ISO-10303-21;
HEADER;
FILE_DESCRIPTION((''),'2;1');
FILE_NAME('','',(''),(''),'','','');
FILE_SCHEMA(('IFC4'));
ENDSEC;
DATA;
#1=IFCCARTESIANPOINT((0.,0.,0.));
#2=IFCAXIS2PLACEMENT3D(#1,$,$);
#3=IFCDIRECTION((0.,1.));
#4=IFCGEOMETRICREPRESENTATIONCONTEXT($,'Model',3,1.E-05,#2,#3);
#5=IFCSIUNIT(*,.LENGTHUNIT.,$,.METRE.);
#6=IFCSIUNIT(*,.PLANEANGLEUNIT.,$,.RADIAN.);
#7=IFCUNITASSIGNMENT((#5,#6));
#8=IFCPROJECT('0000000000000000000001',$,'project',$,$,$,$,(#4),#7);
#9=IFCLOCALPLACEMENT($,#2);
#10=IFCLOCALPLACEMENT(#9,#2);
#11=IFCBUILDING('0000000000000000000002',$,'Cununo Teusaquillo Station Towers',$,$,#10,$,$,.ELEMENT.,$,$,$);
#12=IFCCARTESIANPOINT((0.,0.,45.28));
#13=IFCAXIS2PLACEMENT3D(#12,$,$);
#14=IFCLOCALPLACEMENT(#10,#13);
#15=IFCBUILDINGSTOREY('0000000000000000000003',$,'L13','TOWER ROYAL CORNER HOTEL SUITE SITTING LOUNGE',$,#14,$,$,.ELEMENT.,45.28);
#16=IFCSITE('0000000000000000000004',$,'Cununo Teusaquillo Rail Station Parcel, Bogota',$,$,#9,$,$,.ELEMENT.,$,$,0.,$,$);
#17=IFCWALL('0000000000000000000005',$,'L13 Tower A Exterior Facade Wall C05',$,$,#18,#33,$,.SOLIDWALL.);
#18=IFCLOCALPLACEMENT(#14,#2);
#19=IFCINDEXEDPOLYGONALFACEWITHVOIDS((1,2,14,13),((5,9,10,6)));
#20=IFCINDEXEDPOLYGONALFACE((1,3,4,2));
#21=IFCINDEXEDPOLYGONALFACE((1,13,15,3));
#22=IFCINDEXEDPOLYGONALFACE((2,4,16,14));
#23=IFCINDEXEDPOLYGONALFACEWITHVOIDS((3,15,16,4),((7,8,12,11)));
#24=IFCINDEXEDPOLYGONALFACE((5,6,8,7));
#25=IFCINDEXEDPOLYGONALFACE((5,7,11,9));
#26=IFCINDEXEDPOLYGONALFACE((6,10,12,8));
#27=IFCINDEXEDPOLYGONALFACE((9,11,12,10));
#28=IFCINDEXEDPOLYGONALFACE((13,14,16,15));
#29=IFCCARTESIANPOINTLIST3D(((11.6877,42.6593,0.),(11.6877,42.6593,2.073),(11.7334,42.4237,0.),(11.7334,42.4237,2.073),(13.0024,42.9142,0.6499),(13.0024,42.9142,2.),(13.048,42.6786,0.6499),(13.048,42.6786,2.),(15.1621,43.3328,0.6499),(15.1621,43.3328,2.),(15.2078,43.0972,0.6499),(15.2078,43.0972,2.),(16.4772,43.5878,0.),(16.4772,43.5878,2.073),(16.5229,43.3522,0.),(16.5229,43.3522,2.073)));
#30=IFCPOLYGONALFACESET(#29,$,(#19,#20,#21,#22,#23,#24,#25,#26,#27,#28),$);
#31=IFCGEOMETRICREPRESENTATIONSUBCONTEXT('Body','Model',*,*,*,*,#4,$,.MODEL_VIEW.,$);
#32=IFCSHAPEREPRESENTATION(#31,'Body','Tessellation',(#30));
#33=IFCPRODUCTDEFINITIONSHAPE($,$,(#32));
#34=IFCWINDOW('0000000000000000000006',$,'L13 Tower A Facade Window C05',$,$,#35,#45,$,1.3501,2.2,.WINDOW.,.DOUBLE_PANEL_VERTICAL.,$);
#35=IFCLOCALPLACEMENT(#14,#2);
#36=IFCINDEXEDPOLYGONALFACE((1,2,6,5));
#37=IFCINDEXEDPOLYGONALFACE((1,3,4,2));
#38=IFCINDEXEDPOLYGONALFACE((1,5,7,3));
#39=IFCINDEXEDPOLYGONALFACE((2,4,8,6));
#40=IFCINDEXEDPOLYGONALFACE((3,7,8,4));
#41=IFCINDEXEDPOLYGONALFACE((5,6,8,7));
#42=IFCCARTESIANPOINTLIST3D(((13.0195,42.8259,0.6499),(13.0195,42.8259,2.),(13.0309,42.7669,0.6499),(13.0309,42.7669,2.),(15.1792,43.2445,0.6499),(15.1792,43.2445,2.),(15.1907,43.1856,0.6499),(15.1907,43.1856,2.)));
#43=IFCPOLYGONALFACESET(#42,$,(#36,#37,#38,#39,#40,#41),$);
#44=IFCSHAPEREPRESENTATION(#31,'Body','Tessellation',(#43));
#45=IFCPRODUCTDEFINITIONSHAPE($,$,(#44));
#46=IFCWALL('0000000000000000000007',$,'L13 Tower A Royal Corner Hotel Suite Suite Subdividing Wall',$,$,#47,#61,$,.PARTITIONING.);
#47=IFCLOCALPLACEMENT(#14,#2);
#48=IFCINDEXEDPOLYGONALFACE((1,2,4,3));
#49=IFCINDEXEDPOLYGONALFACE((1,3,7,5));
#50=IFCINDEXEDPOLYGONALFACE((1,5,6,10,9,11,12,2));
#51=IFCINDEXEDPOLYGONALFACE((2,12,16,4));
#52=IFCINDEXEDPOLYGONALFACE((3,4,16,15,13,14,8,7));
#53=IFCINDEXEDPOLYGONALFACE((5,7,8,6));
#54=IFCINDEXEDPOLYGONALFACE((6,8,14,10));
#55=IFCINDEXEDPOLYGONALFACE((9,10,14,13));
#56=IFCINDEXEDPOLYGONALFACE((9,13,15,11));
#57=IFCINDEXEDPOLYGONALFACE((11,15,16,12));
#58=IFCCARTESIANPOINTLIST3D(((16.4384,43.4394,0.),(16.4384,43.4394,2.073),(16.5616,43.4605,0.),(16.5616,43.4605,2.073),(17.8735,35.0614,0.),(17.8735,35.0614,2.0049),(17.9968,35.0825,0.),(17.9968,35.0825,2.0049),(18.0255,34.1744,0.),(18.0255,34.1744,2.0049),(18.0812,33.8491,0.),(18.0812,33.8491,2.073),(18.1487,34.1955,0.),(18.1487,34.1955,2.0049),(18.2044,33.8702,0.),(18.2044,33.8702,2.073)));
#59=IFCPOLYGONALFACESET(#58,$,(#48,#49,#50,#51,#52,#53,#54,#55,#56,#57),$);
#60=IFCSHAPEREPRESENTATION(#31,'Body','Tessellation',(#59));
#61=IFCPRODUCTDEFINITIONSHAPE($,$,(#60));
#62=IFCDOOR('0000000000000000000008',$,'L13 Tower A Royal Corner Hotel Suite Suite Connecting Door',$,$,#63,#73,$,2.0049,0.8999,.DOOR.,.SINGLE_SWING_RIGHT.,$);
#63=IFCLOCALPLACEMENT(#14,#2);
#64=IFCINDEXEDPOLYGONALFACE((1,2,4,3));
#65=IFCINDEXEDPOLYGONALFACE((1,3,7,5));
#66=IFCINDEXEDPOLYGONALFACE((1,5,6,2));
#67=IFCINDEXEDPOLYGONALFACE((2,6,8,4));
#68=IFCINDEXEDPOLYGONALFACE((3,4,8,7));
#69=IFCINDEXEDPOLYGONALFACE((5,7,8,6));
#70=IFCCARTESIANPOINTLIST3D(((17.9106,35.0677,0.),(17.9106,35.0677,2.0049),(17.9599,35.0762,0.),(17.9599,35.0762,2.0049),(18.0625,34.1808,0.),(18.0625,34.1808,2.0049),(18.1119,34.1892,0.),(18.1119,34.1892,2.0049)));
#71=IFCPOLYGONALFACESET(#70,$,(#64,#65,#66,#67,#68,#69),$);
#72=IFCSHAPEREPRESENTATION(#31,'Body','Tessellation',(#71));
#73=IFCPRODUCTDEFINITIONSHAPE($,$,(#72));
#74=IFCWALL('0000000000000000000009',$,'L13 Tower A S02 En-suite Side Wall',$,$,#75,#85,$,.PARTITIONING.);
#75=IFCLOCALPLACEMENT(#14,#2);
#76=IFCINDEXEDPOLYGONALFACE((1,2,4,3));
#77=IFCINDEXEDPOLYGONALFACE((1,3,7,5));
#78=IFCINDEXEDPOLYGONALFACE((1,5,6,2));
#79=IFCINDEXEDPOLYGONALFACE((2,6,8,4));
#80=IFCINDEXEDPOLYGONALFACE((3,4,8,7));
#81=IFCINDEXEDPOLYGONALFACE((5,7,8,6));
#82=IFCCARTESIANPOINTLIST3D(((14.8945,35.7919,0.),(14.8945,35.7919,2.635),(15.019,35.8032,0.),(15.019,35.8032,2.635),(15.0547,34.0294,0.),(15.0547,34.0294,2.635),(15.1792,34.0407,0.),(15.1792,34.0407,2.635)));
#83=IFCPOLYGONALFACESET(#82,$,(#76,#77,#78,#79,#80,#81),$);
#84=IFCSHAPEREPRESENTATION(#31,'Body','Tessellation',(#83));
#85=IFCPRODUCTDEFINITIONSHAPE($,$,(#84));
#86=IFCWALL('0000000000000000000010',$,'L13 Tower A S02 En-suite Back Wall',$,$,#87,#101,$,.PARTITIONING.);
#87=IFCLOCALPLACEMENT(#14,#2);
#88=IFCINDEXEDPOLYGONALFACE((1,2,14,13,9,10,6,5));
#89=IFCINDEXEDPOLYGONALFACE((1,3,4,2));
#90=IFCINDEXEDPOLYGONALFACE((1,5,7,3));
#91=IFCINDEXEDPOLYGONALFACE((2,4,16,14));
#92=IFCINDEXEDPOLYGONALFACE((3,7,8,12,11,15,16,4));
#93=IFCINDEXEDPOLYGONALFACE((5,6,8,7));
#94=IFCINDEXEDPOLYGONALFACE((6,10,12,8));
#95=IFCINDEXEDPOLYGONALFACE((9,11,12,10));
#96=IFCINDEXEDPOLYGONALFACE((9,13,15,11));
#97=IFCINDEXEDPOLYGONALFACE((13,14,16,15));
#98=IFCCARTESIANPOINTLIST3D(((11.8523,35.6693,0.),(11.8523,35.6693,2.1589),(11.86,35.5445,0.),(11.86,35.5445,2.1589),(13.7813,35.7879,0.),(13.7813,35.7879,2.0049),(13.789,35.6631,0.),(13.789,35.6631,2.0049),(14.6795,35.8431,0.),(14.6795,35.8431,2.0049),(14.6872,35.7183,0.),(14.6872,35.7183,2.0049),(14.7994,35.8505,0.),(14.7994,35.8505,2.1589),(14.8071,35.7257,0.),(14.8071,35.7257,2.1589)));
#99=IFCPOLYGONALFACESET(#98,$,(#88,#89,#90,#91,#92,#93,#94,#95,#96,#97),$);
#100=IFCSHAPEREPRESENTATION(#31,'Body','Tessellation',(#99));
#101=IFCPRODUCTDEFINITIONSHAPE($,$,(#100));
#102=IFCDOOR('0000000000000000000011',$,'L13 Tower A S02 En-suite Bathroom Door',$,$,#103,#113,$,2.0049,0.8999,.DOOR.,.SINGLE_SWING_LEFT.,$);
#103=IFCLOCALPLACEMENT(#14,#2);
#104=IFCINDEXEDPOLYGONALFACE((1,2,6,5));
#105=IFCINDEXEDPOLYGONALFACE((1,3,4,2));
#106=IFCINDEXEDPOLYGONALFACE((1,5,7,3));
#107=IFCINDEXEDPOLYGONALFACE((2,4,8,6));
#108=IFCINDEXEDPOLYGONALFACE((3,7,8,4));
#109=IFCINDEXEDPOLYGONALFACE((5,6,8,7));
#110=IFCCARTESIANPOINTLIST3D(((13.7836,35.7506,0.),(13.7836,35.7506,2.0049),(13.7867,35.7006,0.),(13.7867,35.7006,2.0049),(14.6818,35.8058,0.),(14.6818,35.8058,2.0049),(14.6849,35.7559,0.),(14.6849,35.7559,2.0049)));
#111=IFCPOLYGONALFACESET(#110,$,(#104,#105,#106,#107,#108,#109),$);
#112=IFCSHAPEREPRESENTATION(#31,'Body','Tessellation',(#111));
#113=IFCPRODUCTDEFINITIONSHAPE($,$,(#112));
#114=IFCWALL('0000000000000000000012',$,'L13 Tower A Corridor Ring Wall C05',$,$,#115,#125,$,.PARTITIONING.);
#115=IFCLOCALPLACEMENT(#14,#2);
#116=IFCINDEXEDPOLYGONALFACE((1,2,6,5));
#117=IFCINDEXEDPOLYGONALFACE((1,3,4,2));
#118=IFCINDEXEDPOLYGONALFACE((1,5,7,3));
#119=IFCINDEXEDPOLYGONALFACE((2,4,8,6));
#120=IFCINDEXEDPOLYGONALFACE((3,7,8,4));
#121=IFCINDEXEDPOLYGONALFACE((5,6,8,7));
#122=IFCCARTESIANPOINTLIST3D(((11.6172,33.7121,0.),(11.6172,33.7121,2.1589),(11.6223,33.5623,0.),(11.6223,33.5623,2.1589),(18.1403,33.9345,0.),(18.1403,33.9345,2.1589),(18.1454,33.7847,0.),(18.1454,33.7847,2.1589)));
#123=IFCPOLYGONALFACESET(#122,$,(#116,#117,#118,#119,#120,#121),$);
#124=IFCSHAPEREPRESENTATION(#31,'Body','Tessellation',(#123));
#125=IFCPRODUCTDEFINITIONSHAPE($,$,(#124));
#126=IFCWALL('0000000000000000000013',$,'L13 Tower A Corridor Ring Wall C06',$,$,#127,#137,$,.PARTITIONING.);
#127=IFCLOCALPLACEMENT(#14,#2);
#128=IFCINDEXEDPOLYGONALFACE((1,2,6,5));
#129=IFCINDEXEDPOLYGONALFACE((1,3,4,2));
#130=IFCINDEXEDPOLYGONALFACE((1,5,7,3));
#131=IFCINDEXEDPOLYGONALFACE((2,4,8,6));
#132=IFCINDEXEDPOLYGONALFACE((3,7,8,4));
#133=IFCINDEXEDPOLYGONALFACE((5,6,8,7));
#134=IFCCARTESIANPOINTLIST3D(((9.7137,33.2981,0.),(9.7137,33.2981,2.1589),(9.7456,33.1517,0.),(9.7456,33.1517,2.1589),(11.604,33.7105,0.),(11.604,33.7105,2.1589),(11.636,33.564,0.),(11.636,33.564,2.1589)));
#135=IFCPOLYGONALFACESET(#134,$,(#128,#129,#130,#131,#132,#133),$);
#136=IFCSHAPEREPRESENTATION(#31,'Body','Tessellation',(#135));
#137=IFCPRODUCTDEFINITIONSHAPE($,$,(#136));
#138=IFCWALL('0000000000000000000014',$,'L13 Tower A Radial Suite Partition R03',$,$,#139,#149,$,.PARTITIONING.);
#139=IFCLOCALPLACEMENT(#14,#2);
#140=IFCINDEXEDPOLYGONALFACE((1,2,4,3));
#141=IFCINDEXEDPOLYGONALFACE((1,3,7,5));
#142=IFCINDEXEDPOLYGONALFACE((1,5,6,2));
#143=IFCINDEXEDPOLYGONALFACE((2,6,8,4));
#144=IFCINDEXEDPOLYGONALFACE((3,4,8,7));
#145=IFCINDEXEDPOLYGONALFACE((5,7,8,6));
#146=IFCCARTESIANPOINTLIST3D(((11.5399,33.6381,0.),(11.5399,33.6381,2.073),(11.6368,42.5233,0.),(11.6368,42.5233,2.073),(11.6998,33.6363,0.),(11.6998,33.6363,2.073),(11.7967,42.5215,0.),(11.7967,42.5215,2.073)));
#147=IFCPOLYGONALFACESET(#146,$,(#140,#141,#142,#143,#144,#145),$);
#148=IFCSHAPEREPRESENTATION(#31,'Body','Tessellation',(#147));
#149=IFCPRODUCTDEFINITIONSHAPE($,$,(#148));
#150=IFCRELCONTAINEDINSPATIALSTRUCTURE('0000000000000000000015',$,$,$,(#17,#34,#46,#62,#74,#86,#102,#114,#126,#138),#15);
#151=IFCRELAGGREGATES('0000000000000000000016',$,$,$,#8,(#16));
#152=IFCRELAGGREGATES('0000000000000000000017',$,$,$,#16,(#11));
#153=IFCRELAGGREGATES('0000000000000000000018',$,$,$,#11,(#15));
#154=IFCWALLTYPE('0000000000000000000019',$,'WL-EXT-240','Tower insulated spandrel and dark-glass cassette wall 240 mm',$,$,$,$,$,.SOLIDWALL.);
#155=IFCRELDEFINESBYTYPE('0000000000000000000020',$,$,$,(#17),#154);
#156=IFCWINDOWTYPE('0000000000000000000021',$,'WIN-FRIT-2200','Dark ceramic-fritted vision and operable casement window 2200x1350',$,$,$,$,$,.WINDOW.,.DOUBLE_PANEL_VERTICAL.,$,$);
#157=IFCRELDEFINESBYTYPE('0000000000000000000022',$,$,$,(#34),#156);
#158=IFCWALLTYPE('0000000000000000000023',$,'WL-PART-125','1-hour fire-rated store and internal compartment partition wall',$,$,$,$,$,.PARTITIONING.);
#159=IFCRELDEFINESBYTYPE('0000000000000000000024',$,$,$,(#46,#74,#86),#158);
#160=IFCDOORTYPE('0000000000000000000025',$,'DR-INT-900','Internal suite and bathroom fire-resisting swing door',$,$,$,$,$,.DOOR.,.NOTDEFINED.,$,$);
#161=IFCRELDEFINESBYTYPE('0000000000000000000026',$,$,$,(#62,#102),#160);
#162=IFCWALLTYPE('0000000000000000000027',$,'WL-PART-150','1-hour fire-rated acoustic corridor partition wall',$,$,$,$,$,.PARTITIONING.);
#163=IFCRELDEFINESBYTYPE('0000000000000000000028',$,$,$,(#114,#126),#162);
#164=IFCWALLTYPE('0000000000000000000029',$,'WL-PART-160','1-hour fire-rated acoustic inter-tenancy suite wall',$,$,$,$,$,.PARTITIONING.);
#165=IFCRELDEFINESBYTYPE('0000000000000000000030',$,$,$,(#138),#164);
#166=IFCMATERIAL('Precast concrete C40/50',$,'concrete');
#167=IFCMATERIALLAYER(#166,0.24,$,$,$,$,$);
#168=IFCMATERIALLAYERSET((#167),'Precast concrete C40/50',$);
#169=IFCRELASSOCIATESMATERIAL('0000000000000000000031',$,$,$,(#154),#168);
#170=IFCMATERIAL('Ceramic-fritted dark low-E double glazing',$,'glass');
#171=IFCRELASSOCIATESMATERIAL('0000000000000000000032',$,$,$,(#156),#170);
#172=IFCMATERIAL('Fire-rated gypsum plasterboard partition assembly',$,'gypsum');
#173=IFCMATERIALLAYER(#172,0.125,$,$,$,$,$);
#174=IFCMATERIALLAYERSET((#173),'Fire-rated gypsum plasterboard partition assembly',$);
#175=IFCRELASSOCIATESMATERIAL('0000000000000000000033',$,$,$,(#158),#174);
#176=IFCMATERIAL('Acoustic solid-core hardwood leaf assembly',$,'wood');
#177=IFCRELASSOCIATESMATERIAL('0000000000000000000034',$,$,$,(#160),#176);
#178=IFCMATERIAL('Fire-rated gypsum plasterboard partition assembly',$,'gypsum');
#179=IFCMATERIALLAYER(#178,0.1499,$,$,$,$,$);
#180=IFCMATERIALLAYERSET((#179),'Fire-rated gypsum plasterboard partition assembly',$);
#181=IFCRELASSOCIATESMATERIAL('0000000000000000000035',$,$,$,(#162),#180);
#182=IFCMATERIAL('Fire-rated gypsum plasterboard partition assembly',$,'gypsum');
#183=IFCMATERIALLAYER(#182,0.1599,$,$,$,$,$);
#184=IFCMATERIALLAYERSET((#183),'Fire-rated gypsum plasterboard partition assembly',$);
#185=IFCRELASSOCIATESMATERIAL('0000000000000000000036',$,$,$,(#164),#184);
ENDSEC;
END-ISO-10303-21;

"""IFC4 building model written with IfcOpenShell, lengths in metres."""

from ifc_helpers import new_model, si_unit, direction, frame, frame_2d, origin, place, context, subcontext, project, spatial, rectangle, extrude, source, transform, mapped, material, layer, layer_set, type_object, element, fill, save


model = new_model("IFC4")

# Units and contexts
model_context = context("Model", 3, precision=1e-05, world=origin(), true_north=direction((0.0, 1.0)))
body_context = subcontext(model_context, "Body", "Model", "MODEL_VIEW")
ifc_project = project(units=[si_unit("LENGTHUNIT", "METRE"), si_unit("PLANEANGLEUNIT", "RADIAN")], contexts=[model_context])

# Site, building, storey
site_placement = place(None, origin())
site = spatial("IfcSite", under=ifc_project, at=site_placement, Name="Cununo Teusaquillo Rail Station Parcel, Bogota", CompositionType="ELEMENT", RefElevation=0.0)
building_placement = place(site_placement, origin())
building = spatial("IfcBuilding", under=site, at=building_placement, Name="Cununo Teusaquillo Station Towers", CompositionType="ELEMENT")
storey_placement = place(building_placement, frame((0.0, 0.0, 45.28)))
storey = spatial("IfcBuildingStorey", under=building, at=storey_placement, Name="L13", Description="TOWER ROYAL CORNER HOTEL SUITE SITTING LOUNGE", CompositionType="ELEMENT", Elevation=45.28)

# Wall, opening, window
ifc_material_1 = material(Name="Precast concrete C40/50", Category="concrete")
ifc_layer_1 = layer(ifc_material_1, 0.24)
ifc_layer_set_1 = layer_set([ifc_layer_1], Name="Precast concrete C40/50")
wall_type_1 = type_object("IfcWallType", Name="WL-EXT-240", Description="Tower insulated spandrel and dark-glass cassette wall 240 mm", PredefinedType="SOLIDWALL", material=ifc_layer_set_1)
wall_1_placement = place(storey_placement, frame((11.7104, 42.5415, 0.0), z_axis=(0.0, 0.0, 1.0), x_axis=(0.981724, 0.19031, 0.0)))
wall_1 = element("IfcWall", 1, at=wall_1_placement, inside=storey, type_object=wall_type_1, Name="L13 Tower A Exterior Facade Wall C05", PredefinedType="SOLIDWALL", context=body_context, shape_type="SweptSolid", body=[
    extrude(rectangle(XDim=4.8787, YDim=0.24, at=frame_2d((2.4395, 0.0))), origin(), (0.0, 0.0, 1.0), 2.073),
])
shared_shape_1 = source(origin(), body_context, "Body", "SweptSolid", [
    extrude(rectangle(XDim=2.2, YDim=1.3501, at=frame_2d((1.1001, 0.675))), frame((0.0, 0.1299, 0.0), z_axis=(0.0, -1.0, 0.0), x_axis=(1.0, 0.0, 0.0)), (0.0, 0.0, 1.0), 0.26),
])
opening_1_placement = place(wall_1_placement, frame((1.3391, 0.0, 0.6499)))
opening_1 = element("IfcOpeningElement", 2, at=opening_1_placement, cuts=wall_1, PredefinedType="OPENING", context=body_context, shape_type="MappedRepresentation", body=[
    mapped(shared_shape_1, transform((0.0, 0.0, 0.0), x_axis=(1.0, 0.0, 0.0), y_axis=(0.0, 1.0, 0.0), z_axis=(0.0, 0.0, 1.0), scale=1.0)),
])
ifc_material_2 = material(Name="Ceramic-fritted dark low-E double glazing", Category="glass")
window_type_1 = type_object("IfcWindowType", Name="WIN-FRIT-2200", Description="Dark ceramic-fritted vision and operable casement window 2200x1350", PartitioningType="DOUBLE_PANEL_VERTICAL", PredefinedType="WINDOW", material=ifc_material_2)
shared_shape_2 = source(origin(), body_context, "Body", "SweptSolid", [
    extrude(rectangle(XDim=2.2, YDim=1.3501, at=frame_2d((1.1001, 0.675))), frame((0.0, 0.03, 0.0), z_axis=(0.0, -1.0, 0.0), x_axis=(1.0, 0.0, 0.0)), (0.0, 0.0, 1.0), 0.0601),
])
window_1_placement = place(opening_1_placement, origin())
window_1 = element("IfcWindow", 3, at=window_1_placement, inside=storey, type_object=window_type_1, Name="L13 Tower A Facade Window C05", OverallHeight=1.3501, OverallWidth=2.2, PartitioningType="DOUBLE_PANEL_VERTICAL", PredefinedType="WINDOW", context=body_context, shape_type="MappedRepresentation", body=[
    mapped(shared_shape_2, transform((0.0, 0.0, 0.0), x_axis=(1.0, 0.0, 0.0), y_axis=(0.0, 1.0, 0.0), z_axis=(0.0, 0.0, 1.0), scale=1.0)),
])
fill(opening_1, window_1)

# Wall, opening, door
ifc_material_3 = material(Name="Fire-rated gypsum plasterboard partition assembly", Category="gypsum")
ifc_layer_2 = layer(ifc_material_3, 0.125)
ifc_layer_set_2 = layer_set([ifc_layer_2], Name="Fire-rated gypsum plasterboard partition assembly")
wall_type_2 = type_object("IfcWallType", Name="WL-PART-125", Description="1-hour fire-rated store and internal compartment partition wall", PredefinedType="PARTITIONING", material=ifc_layer_set_2)
wall_2_placement = place(storey_placement, frame((18.1428, 33.8596, 0.0), z_axis=(0.0, 0.0, 1.0), x_axis=(-0.168841, 0.985643, 0.0)))
wall_2 = element("IfcWall", 4, at=wall_2_placement, inside=storey, type_object=wall_type_2, Name="L13 Tower A Royal Corner Hotel Suite Suite Subdividing Wall", PredefinedType="PARTITIONING", context=body_context, shape_type="SweptSolid", body=[
    extrude(rectangle(XDim=9.73, YDim=0.125, at=frame_2d((4.865, 0.0))), origin(), (0.0, 0.0, 1.0), 2.073),
])
shared_shape_3 = source(origin(), body_context, "Body", "SweptSolid", [
    extrude(rectangle(XDim=0.8999, YDim=2.0049, at=frame_2d((0.45, 1.0024))), frame((0.0, 0.0725, 0.0), z_axis=(0.0, -1.0, 0.0), x_axis=(1.0, 0.0, 0.0)), (0.0, 0.0, 1.0), 0.145),
])
opening_2_placement = place(wall_2_placement, frame((0.3301, 0.0, 0.0)))
opening_2 = element("IfcOpeningElement", 5, at=opening_2_placement, cuts=wall_2, PredefinedType="OPENING", context=body_context, shape_type="MappedRepresentation", body=[
    mapped(shared_shape_3, transform((0.0, 0.0, 0.0), x_axis=(1.0, 0.0, 0.0), y_axis=(0.0, 1.0, 0.0), z_axis=(0.0, 0.0, 1.0), scale=1.0)),
])
ifc_material_4 = material(Name="Acoustic solid-core hardwood leaf assembly", Category="wood")
door_type = type_object("IfcDoorType", Name="DR-INT-900", Description="Internal suite and bathroom fire-resisting swing door", OperationType="NOTDEFINED", PredefinedType="DOOR", material=ifc_material_4)
shared_shape_4 = source(origin(), body_context, "Body", "SweptSolid", [
    extrude(rectangle(XDim=0.8999, YDim=2.0049, at=frame_2d((0.45, 1.0024))), frame((0.0, 0.0249, 0.0), z_axis=(0.0, -1.0, 0.0), x_axis=(1.0, 0.0, 0.0)), (0.0, 0.0, 1.0), 0.05),
])
door_1_placement = place(opening_2_placement, origin())
door_1 = element("IfcDoor", 6, at=door_1_placement, inside=storey, type_object=door_type, Name="L13 Tower A Royal Corner Hotel Suite Suite Connecting Door", OperationType="SINGLE_SWING_RIGHT", OverallHeight=2.0049, OverallWidth=0.8999, PredefinedType="DOOR", context=body_context, shape_type="MappedRepresentation", body=[
    mapped(shared_shape_4, transform((0.0, 0.0, 0.0), x_axis=(1.0, 0.0, 0.0), y_axis=(0.0, 1.0, 0.0), z_axis=(0.0, 0.0, 1.0), scale=1.0)),
])
fill(opening_2, door_1)

# Wall
wall_3_placement = place(storey_placement, frame((15.1169, 34.0352, 0.0), z_axis=(0.0, 0.0, 1.0), x_axis=(-0.090498, 0.995897, 0.0)))
element("IfcWall", 7, at=wall_3_placement, inside=storey, type_object=wall_type_2, Name="L13 Tower A S02 En-suite Side Wall", PredefinedType="PARTITIONING", context=body_context, shape_type="SweptSolid", body=[
    extrude(rectangle(XDim=1.7698, YDim=0.125, at=frame_2d((0.8848, 0.0))), origin(), (0.0, 0.0, 1.0), 2.635),
])

# Wall, opening, door
wall_4_placement = place(storey_placement, frame((14.8032, 35.7881, 0.0), z_axis=(0.0, 0.0, 1.0), x_axis=(-0.998116, -0.061354, 0.0)))
wall_4 = element("IfcWall", 8, at=wall_4_placement, inside=storey, type_object=wall_type_2, Name="L13 Tower A S02 En-suite Back Wall", PredefinedType="PARTITIONING", context=body_context, shape_type="SweptSolid", body=[
    extrude(rectangle(XDim=2.9526, YDim=0.125, at=frame_2d((1.4763, 0.0))), origin(), (0.0, 0.0, 1.0), 2.1589),
])
opening_3_placement = place(wall_4_placement, frame((0.1201, 0.0, 0.0)))
opening_3 = element("IfcOpeningElement", 9, at=opening_3_placement, cuts=wall_4, PredefinedType="OPENING", context=body_context, shape_type="MappedRepresentation", body=[
    mapped(shared_shape_3, transform((0.0, 0.0, 0.0), x_axis=(1.0, 0.0, 0.0), y_axis=(0.0, 1.0, 0.0), z_axis=(0.0, 0.0, 1.0), scale=1.0)),
])
door_2_placement = place(opening_3_placement, origin())
door_2 = element("IfcDoor", 10, at=door_2_placement, inside=storey, type_object=door_type, Name="L13 Tower A S02 En-suite Bathroom Door", OperationType="SINGLE_SWING_LEFT", OverallHeight=2.0049, OverallWidth=0.8999, PredefinedType="DOOR", context=body_context, shape_type="MappedRepresentation", body=[
    mapped(shared_shape_4, transform((0.0, 0.0, 0.0), x_axis=(1.0, 0.0, 0.0), y_axis=(0.0, 1.0, 0.0), z_axis=(0.0, 0.0, 1.0), scale=1.0)),
])
fill(opening_3, door_2)

# Walls
ifc_material_5 = material(Name="Fire-rated gypsum plasterboard partition assembly", Category="gypsum")
ifc_layer_3 = layer(ifc_material_5, 0.1499)
ifc_layer_set_3 = layer_set([ifc_layer_3], Name="Fire-rated gypsum plasterboard partition assembly")
wall_type_3 = type_object("IfcWallType", Name="WL-PART-150", Description="1-hour fire-rated acoustic corridor partition wall", PredefinedType="PARTITIONING", material=ifc_layer_set_3)
wall_5_placement = place(storey_placement, frame((18.1428, 33.8596, 0.0), z_axis=(0.0, 0.0, 1.0), x_axis=(-0.999419, -0.034077, 0.0)))
element("IfcWall", 11, at=wall_5_placement, inside=storey, type_object=wall_type_3, Name="L13 Tower A Corridor Ring Wall C05", PredefinedType="PARTITIONING", context=body_context, shape_type="SweptSolid", body=[
    extrude(rectangle(XDim=6.5269, YDim=0.1499, at=frame_2d((3.2634, 0.0))), origin(), (0.0, 0.0, 1.0), 2.1589),
])
wall_6_placement = place(storey_placement, frame((11.6199, 33.6372, 0.0), z_axis=(0.0, 0.0, 1.0), x_axis=(-0.977026, -0.213121, 0.0)))
element("IfcWall", 12, at=wall_6_placement, inside=storey, type_object=wall_type_3, Name="L13 Tower A Corridor Ring Wall C06", PredefinedType="PARTITIONING", context=body_context, shape_type="SweptSolid", body=[
    extrude(rectangle(XDim=1.9348, YDim=0.1499, at=frame_2d((0.9673, 0.0))), origin(), (0.0, 0.0, 1.0), 2.1589),
])
ifc_material_6 = material(Name="Fire-rated gypsum plasterboard partition assembly", Category="gypsum")
ifc_layer_4 = layer(ifc_material_6, 0.1599)
ifc_layer_set_4 = layer_set([ifc_layer_4], Name="Fire-rated gypsum plasterboard partition assembly")
wall_type_4 = type_object("IfcWallType", Name="WL-PART-160", Description="1-hour fire-rated acoustic inter-tenancy suite wall", PredefinedType="PARTITIONING", material=ifc_layer_set_4)
wall_7_placement = place(storey_placement, frame((11.6199, 33.6372, 0.0), z_axis=(0.0, 0.0, 1.0), x_axis=(0.010908, 0.999941, 0.0)))
element("IfcWall", 13, at=wall_7_placement, inside=storey, type_object=wall_type_4, Name="L13 Tower A Radial Suite Partition R03", PredefinedType="PARTITIONING", context=body_context, shape_type="SweptSolid", body=[
    extrude(rectangle(XDim=8.8857, YDim=0.1599, at=frame_2d((4.4429, 0.0))), origin(), (0.0, 0.0, 1.0), 2.073),
])

save(model, "model.ifc")
